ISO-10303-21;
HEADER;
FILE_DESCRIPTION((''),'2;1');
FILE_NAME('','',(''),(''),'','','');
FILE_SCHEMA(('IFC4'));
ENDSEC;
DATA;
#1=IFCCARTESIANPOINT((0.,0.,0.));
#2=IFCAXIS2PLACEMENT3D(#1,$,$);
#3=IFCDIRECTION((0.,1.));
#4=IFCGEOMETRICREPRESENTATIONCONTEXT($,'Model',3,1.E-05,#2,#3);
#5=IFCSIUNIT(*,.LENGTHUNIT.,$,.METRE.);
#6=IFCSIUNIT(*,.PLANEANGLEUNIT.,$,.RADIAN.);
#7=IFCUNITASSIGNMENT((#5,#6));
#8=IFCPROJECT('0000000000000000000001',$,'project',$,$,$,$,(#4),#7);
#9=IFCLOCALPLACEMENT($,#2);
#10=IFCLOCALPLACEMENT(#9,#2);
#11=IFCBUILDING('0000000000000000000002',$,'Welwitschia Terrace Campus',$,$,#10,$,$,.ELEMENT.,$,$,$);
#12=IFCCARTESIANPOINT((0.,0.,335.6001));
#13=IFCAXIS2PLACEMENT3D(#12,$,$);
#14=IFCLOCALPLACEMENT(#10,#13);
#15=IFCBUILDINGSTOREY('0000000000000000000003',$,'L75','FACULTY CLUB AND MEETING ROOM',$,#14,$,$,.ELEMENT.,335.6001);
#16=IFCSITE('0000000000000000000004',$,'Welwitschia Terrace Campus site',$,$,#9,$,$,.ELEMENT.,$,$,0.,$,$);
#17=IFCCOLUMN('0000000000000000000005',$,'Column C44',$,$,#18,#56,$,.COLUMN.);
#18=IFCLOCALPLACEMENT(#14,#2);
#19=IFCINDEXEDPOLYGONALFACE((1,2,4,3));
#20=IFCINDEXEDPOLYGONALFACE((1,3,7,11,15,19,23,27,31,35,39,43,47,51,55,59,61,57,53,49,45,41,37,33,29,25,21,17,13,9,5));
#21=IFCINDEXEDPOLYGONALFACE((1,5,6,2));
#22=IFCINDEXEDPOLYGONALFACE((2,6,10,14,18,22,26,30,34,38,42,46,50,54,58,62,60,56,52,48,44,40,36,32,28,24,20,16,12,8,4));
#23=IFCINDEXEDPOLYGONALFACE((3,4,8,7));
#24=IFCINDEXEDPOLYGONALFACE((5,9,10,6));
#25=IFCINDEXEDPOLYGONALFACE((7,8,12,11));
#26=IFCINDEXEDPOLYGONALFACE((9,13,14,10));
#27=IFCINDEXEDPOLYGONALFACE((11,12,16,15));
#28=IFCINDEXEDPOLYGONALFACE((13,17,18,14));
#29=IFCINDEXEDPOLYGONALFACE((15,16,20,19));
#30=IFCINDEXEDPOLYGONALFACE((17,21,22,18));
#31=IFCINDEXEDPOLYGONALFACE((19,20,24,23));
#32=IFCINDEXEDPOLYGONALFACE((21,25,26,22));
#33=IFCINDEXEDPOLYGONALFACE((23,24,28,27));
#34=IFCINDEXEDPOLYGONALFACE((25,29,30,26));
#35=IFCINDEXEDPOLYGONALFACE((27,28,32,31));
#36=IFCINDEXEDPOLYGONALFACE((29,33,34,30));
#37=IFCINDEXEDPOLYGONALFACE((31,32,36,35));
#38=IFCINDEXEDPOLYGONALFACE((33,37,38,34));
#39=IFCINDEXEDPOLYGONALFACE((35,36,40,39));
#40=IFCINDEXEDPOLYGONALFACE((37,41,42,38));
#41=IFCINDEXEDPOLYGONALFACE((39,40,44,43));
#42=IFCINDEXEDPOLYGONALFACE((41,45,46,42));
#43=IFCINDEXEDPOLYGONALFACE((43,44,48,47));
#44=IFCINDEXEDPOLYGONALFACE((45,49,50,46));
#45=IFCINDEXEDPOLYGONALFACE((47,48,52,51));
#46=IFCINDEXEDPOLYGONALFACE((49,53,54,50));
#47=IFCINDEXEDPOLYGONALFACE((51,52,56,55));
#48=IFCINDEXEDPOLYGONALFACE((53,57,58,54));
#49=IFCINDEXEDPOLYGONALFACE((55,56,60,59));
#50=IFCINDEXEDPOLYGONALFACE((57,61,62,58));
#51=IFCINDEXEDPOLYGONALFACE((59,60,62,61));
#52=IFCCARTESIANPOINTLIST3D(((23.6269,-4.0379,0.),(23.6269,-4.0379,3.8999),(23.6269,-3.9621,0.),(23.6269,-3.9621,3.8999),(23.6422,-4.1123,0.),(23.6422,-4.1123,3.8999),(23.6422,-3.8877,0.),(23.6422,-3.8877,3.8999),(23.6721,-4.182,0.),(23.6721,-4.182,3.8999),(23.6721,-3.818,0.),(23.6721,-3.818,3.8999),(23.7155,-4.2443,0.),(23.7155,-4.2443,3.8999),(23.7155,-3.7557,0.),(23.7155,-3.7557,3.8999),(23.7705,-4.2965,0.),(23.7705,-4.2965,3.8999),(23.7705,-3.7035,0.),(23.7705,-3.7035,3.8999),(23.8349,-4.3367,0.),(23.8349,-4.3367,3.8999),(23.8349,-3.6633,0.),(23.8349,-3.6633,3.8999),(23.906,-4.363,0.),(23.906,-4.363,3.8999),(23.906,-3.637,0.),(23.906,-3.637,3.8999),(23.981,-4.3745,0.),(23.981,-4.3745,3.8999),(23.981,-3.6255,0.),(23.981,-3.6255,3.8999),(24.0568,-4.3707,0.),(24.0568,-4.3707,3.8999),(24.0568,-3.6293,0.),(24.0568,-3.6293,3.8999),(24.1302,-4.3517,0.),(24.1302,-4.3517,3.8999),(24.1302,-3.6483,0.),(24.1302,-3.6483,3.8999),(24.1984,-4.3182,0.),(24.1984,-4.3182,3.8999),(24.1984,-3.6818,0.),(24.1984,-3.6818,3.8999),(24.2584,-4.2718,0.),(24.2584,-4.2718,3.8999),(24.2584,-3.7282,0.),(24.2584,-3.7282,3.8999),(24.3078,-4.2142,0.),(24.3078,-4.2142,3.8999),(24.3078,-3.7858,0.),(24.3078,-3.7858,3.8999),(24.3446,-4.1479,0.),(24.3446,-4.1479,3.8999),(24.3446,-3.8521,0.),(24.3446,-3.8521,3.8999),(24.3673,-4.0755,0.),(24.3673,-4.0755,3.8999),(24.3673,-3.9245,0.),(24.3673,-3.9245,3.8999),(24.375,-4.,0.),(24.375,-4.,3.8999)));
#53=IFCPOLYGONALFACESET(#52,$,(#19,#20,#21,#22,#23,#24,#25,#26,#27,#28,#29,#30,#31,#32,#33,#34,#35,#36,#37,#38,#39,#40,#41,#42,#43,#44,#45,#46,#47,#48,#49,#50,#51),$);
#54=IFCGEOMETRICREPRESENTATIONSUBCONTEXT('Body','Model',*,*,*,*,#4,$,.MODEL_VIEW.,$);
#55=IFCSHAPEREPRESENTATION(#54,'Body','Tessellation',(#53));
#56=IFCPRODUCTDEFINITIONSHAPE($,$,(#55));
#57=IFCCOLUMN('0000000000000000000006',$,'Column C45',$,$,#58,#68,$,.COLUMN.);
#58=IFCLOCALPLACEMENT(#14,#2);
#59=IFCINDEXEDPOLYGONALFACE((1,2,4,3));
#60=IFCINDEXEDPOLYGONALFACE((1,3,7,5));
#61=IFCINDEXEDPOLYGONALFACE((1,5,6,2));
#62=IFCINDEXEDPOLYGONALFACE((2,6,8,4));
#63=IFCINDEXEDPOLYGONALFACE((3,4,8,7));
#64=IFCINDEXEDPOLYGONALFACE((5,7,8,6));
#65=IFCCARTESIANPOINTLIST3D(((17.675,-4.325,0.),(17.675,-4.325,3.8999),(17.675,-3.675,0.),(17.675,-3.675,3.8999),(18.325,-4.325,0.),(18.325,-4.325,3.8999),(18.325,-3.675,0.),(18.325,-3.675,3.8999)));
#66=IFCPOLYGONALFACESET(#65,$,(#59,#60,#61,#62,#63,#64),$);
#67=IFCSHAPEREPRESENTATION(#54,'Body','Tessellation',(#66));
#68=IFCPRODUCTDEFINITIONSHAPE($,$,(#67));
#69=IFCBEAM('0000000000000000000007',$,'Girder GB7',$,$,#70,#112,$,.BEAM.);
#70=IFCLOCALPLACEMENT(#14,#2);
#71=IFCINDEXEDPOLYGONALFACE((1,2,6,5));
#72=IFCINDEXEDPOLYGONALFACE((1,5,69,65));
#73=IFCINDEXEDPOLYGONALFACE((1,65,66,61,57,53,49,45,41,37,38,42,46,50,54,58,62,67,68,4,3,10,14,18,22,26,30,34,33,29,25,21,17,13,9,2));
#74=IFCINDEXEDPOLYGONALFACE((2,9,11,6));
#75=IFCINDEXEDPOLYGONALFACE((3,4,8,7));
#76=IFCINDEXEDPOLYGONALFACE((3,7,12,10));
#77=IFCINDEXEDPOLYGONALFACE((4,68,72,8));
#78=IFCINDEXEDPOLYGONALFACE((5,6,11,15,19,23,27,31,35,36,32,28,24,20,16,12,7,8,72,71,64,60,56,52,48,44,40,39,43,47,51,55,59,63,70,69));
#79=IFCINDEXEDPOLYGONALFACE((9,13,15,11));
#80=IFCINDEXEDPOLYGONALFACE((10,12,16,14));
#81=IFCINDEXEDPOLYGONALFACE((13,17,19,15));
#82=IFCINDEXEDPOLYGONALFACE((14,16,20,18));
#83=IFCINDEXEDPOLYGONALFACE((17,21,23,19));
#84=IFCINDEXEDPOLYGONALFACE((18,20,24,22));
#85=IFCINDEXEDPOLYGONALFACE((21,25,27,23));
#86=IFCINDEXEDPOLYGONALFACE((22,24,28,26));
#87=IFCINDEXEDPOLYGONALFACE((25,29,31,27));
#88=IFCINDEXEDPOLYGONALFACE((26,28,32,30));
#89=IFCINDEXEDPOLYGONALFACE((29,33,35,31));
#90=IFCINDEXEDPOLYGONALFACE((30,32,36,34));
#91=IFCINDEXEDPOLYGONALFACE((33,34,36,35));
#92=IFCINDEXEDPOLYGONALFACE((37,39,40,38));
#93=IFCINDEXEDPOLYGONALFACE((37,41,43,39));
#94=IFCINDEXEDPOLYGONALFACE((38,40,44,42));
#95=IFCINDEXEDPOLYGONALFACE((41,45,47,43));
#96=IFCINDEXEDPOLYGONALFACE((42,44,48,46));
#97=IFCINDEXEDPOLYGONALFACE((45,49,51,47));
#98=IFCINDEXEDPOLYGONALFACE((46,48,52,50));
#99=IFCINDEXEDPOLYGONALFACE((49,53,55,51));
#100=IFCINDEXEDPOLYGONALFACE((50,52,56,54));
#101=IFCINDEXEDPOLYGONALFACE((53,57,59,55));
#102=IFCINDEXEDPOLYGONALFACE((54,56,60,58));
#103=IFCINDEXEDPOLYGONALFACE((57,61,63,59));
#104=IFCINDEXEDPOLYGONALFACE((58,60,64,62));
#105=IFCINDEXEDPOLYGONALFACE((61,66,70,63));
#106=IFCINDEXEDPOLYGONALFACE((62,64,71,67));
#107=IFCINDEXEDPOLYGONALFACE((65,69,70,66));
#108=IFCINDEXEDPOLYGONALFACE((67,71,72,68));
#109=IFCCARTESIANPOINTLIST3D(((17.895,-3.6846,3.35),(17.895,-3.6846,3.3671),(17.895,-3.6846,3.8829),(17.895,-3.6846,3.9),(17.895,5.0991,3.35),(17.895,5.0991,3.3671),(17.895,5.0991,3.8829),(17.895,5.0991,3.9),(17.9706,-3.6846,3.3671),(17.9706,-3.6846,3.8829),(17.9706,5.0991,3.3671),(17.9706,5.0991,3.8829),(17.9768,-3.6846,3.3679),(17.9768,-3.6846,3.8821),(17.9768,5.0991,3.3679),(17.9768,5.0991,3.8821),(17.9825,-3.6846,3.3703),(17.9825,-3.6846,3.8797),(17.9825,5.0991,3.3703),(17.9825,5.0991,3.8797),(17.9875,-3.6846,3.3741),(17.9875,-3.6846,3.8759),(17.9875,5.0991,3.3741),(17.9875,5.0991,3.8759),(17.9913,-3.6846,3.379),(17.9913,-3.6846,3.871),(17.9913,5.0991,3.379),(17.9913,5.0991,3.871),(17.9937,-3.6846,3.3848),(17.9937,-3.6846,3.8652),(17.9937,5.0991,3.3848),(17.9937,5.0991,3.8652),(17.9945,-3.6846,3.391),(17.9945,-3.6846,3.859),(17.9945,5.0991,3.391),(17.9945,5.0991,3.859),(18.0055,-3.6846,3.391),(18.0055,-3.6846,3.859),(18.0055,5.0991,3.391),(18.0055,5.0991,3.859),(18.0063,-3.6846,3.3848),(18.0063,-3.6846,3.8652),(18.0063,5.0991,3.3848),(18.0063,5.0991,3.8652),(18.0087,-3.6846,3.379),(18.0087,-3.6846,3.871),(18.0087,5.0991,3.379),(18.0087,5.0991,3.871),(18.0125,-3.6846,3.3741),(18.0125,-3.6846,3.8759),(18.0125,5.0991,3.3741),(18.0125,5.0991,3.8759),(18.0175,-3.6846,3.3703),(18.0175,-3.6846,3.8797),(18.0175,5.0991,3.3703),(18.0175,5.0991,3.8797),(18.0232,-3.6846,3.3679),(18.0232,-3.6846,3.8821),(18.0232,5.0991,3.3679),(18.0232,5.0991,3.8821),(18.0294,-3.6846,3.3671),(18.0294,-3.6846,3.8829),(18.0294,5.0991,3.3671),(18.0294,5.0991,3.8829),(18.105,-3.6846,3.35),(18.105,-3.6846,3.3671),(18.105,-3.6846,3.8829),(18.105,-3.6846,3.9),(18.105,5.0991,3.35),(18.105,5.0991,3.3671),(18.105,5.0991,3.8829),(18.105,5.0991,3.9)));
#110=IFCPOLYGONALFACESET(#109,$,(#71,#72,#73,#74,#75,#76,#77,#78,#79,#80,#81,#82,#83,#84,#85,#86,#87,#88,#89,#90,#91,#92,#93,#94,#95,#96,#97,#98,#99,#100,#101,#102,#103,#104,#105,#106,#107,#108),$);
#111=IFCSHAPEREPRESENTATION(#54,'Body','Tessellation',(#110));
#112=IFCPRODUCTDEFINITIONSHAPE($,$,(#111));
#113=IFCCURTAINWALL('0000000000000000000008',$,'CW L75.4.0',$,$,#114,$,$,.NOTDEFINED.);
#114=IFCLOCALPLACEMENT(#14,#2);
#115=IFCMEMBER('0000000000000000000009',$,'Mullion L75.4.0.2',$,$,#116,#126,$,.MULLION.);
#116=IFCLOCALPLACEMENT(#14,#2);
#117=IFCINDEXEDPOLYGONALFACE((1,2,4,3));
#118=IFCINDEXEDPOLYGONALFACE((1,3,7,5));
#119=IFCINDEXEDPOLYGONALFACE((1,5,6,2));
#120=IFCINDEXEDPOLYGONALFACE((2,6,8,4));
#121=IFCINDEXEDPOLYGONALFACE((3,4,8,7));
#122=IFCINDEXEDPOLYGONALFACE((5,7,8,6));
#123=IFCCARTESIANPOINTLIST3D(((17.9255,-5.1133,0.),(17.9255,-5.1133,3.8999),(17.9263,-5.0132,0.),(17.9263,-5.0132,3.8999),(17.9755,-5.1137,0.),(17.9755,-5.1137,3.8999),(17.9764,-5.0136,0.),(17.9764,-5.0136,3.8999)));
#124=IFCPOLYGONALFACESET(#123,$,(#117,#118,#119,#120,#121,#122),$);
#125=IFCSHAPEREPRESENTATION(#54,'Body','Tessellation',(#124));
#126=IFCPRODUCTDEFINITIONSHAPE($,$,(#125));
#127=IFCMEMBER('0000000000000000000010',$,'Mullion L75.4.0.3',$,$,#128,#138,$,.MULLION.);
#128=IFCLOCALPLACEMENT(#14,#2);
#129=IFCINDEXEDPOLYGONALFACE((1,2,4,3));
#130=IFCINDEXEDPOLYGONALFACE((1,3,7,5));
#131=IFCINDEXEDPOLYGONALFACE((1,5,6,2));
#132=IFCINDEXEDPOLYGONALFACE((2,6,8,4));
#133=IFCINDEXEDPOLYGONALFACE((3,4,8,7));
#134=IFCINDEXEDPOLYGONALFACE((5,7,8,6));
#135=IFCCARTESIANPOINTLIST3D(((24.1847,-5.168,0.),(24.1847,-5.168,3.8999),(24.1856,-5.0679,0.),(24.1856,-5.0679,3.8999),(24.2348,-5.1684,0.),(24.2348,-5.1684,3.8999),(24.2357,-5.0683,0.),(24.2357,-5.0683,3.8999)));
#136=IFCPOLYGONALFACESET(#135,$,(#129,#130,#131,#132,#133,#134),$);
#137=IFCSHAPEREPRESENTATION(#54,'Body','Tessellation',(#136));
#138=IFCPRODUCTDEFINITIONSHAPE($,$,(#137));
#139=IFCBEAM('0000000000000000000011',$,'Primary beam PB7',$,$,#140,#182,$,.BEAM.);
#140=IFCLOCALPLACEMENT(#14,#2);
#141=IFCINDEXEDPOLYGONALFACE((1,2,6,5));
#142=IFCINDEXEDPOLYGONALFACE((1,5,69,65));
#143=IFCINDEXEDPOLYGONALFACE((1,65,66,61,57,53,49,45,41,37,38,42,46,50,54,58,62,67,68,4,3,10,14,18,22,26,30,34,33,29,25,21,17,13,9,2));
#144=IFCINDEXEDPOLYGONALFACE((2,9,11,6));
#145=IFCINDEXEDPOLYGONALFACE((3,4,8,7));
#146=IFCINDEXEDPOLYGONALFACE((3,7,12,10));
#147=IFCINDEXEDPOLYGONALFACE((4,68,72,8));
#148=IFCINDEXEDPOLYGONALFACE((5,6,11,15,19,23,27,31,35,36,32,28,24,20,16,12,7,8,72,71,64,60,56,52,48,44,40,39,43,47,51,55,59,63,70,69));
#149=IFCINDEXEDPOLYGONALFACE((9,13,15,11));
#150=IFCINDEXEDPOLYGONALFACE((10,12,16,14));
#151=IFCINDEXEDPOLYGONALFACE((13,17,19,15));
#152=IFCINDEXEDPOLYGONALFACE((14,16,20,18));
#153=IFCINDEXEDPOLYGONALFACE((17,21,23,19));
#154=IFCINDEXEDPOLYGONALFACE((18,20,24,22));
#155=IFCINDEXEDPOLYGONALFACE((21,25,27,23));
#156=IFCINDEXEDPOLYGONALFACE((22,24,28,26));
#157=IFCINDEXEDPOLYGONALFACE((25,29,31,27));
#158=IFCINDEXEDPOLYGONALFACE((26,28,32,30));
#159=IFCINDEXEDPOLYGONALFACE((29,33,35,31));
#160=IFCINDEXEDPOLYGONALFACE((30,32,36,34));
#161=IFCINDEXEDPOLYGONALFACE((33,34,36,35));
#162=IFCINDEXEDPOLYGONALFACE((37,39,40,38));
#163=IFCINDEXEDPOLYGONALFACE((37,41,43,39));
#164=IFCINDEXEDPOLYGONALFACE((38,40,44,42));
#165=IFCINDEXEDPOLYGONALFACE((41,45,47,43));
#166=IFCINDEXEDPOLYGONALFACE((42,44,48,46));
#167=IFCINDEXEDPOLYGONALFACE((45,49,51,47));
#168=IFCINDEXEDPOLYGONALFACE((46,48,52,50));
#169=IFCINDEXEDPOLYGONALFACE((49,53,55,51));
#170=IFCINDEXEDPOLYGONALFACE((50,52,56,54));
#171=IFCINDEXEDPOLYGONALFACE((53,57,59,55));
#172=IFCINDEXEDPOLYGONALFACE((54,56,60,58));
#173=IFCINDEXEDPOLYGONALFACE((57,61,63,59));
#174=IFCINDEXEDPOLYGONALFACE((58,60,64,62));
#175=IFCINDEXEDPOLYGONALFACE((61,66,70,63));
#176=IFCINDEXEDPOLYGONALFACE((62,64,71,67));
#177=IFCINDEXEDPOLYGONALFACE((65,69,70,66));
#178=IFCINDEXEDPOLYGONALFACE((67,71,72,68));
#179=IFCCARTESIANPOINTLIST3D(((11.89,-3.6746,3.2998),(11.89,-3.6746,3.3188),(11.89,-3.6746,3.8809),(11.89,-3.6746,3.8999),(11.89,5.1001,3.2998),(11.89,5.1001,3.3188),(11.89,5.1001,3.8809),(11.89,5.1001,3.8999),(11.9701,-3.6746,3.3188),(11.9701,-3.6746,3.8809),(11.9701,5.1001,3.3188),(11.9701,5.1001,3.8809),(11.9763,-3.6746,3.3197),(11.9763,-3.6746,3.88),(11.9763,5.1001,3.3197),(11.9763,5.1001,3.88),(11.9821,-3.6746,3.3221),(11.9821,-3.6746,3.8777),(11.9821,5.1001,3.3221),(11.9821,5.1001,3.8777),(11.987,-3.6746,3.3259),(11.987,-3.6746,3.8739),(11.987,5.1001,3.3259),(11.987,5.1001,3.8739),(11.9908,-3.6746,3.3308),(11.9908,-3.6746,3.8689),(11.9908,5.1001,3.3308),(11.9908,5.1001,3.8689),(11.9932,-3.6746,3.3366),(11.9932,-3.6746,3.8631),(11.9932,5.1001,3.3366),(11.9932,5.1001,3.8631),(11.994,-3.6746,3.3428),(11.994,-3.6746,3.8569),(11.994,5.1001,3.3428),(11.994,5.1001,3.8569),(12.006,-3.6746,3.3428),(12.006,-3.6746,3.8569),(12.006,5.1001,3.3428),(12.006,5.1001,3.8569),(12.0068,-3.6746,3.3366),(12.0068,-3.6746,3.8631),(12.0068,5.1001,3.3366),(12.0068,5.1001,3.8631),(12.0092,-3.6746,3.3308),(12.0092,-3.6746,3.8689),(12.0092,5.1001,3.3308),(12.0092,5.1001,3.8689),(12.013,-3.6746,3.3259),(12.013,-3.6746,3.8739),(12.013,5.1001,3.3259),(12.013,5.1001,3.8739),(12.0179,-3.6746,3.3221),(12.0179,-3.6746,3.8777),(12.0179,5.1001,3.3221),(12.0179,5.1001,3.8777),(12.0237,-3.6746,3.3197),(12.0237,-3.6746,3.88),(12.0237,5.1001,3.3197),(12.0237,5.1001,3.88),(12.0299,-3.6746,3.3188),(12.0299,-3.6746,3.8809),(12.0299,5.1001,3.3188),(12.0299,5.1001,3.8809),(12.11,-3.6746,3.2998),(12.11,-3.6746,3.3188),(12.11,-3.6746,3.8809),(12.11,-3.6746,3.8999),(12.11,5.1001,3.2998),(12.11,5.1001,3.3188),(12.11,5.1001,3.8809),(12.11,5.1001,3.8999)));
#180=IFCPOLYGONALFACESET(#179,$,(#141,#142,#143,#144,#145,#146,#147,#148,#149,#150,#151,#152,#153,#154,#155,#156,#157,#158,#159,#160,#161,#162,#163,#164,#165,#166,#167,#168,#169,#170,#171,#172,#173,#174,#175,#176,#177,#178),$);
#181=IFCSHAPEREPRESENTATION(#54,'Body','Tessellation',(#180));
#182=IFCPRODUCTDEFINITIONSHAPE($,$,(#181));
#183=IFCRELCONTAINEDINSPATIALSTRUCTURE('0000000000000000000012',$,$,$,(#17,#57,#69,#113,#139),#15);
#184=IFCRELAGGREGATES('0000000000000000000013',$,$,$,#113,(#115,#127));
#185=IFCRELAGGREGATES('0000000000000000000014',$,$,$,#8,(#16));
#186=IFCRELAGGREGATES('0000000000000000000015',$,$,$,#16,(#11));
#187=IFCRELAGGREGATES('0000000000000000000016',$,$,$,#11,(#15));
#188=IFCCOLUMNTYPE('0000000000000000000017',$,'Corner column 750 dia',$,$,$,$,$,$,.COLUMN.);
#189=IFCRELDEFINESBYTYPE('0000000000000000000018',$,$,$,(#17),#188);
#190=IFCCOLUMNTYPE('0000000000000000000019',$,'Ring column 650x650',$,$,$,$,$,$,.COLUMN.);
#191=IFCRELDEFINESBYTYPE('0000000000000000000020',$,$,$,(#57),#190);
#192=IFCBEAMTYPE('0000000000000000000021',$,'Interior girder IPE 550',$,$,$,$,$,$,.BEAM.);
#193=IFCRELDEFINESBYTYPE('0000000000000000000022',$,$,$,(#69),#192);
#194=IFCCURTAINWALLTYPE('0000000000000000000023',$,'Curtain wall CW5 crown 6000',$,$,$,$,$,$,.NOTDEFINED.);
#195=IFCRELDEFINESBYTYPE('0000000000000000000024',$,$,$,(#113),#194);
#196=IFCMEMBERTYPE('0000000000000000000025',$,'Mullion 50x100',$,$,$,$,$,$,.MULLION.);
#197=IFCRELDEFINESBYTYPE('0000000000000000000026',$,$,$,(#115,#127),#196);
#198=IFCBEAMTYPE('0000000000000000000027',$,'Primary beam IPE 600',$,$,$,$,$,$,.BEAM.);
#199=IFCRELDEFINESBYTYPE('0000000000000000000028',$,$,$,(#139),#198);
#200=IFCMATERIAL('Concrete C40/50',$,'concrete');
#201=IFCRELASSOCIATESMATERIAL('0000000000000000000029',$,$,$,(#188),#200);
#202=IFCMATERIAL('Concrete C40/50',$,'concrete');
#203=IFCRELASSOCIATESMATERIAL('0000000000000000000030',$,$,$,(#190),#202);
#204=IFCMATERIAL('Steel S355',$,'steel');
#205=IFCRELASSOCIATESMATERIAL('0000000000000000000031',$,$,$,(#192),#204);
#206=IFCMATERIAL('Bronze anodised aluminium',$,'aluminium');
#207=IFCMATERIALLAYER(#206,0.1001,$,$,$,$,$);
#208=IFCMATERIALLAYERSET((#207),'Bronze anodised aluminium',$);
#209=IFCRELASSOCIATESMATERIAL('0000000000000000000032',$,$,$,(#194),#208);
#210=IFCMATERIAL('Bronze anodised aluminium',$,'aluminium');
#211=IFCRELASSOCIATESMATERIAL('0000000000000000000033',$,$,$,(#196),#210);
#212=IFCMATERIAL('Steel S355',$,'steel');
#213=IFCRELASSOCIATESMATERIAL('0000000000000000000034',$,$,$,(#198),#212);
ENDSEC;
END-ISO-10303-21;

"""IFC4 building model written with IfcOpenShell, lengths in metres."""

from ifc_helpers import new_model, si_unit, direction, frame, origin, origin_2d, place, context, subcontext, project, spatial, rectangle, circle, i_section, extrude, material, layer, layer_set, material_profile, profile_set, type_object, element, aggregate, save


model = new_model("IFC4")

# Units and contexts
model_context = context("Model", 3, precision=1e-05, world=origin(), true_north=direction((0.0, 1.0)))
body_context = subcontext(model_context, "Body", "Model", "MODEL_VIEW")
ifc_project = project(units=[si_unit("LENGTHUNIT", "METRE"), si_unit("PLANEANGLEUNIT", "RADIAN")], contexts=[model_context])

# Site, building, storey
site_placement = place(None, origin())
site = spatial("IfcSite", under=ifc_project, at=site_placement, Name="Welwitschia Terrace Campus site", CompositionType="ELEMENT", RefElevation=0.0)
building_placement = place(site_placement, origin())
building = spatial("IfcBuilding", under=site, at=building_placement, Name="Welwitschia Terrace Campus", CompositionType="ELEMENT")
storey_placement = place(building_placement, frame((0.0, 0.0, 335.6001)))
storey = spatial("IfcBuildingStorey", under=building, at=storey_placement, Name="L75", Description="FACULTY CLUB AND MEETING ROOM", CompositionType="ELEMENT", Elevation=335.6001)

# Columns
ifc_material_1 = material(Name="Concrete C40/50", Category="concrete")
ifc_material_profile_1 = material_profile(ifc_material_1, circle(Radius=0.375, at=origin_2d()))
ifc_profile_set_1 = profile_set([ifc_material_profile_1], Name="Concrete C40/50")
column_type_1 = type_object("IfcColumnType", Name="Corner column 750 dia", PredefinedType="COLUMN", material=ifc_profile_set_1)
column_1_placement = place(storey_placement, frame((24.0, -4.0, 0.0), z_axis=(0.0, 0.0, 1.0), x_axis=(1.0, 0.0, 0.0)))
element("IfcColumn", 1, at=column_1_placement, inside=storey, type_object=column_type_1, Name="Column C44", PredefinedType="COLUMN", context=body_context, shape_type="SweptSolid", body=[
    extrude(circle(Radius=0.375, at=origin_2d()), origin(), (0.0, 0.0, 1.0), 3.8999),
])
ifc_material_2 = material(Name="Concrete C40/50", Category="concrete")
ifc_material_profile_2 = material_profile(ifc_material_2, rectangle(XDim=0.6499, YDim=0.6499, at=origin_2d()))
ifc_profile_set_2 = profile_set([ifc_material_profile_2], Name="Concrete C40/50")
column_type_2 = type_object("IfcColumnType", Name="Ring column 650x650", PredefinedType="COLUMN", material=ifc_profile_set_2)
column_2_placement = place(storey_placement, frame((18.0, -4.0, 0.0), z_axis=(0.0, 0.0, 1.0), x_axis=(1.0, 0.0, 0.0)))
element("IfcColumn", 2, at=column_2_placement, inside=storey, type_object=column_type_2, Name="Column C45", PredefinedType="COLUMN", context=body_context, shape_type="SweptSolid", body=[
    extrude(rectangle(XDim=0.6499, YDim=0.6499, at=origin_2d()), origin(), (0.0, 0.0, 1.0), 3.8999),
])

# Beam
ifc_material_3 = material(Name="Steel S355", Category="steel")
ifc_material_profile_3 = material_profile(ifc_material_3, i_section(OverallWidth=0.21, OverallDepth=0.55, WebThickness=0.011, FlangeThickness=0.0171, FilletRadius=0.0239, at=origin_2d()))
ifc_profile_set_3 = profile_set([ifc_material_profile_3], Name="Steel S355")
beam_type_1 = type_object("IfcBeamType", Name="Interior girder IPE 550", PredefinedType="BEAM", material=ifc_profile_set_3)
beam_1_placement = place(storey_placement, frame((18.0, -3.6846, 3.625), z_axis=(0.0, 1.0, 0.0), x_axis=(-1.0, 0.0, 0.0)))
element("IfcBeam", 3, at=beam_1_placement, inside=storey, type_object=beam_type_1, Name="Girder GB7", PredefinedType="BEAM", context=body_context, shape_type="SweptSolid", body=[
    extrude(i_section(OverallWidth=0.21, OverallDepth=0.55, WebThickness=0.011, FlangeThickness=0.0171, FilletRadius=0.0239, at=origin_2d()), origin(), (0.0, 0.0, 1.0), 8.7837),
])

# Curtain wall, members
ifc_material_4 = material(Name="Bronze anodised aluminium", Category="aluminium")
ifc_layer_1 = layer(ifc_material_4, 0.1001)
ifc_layer_set_1 = layer_set([ifc_layer_1], Name="Bronze anodised aluminium")
curtain_wall_type = type_object("IfcCurtainWallType", Name="Curtain wall CW5 crown 6000", PredefinedType="NOTDEFINED", material=ifc_layer_set_1)
curtain_wall_placement = place(storey_placement, origin())
curtain_wall = element("IfcCurtainWall", 4, at=curtain_wall_placement, inside=storey, type_object=curtain_wall_type, Name="CW L75.4.0", PredefinedType="NOTDEFINED")
ifc_material_5 = material(Name="Bronze anodised aluminium", Category="aluminium")
ifc_material_profile_4 = material_profile(ifc_material_5, rectangle(XDim=0.1001, YDim=0.05, at=origin_2d()))
ifc_profile_set_4 = profile_set([ifc_material_profile_4], Name="Bronze anodised aluminium")
member_type = type_object("IfcMemberType", Name="Mullion 50x100", PredefinedType="MULLION", material=ifc_profile_set_4)
member_1_placement = place(storey_placement, frame((17.9509, -5.0635, 0.0), z_axis=(0.0, 0.0, 1.0), x_axis=(0.008727, 0.999962, 0.0)))
member_1 = element("IfcMember", 5, at=member_1_placement, type_object=member_type, Name="Mullion L75.4.0.2", PredefinedType="MULLION", context=body_context, shape_type="SweptSolid", body=[
    extrude(rectangle(XDim=0.1001, YDim=0.05, at=origin_2d()), origin(), (0.0, 0.0, 1.0), 3.8999),
])
member_2_placement = place(storey_placement, frame((24.2102, -5.1182, 0.0), z_axis=(0.0, 0.0, 1.0), x_axis=(0.008727, 0.999962, 0.0)))
member_2 = element("IfcMember", 6, at=member_2_placement, type_object=member_type, Name="Mullion L75.4.0.3", PredefinedType="MULLION", context=body_context, shape_type="SweptSolid", body=[
    extrude(rectangle(XDim=0.1001, YDim=0.05, at=origin_2d()), origin(), (0.0, 0.0, 1.0), 3.8999),
])

# Beam
ifc_material_6 = material(Name="Steel S355", Category="steel")
ifc_material_profile_5 = material_profile(ifc_material_6, i_section(OverallWidth=0.22, OverallDepth=0.6001, WebThickness=0.012, FlangeThickness=0.019, FilletRadius=0.0239, at=origin_2d()))
ifc_profile_set_5 = profile_set([ifc_material_profile_5], Name="Steel S355")
beam_type_2 = type_object("IfcBeamType", Name="Primary beam IPE 600", PredefinedType="BEAM", material=ifc_profile_set_5)
beam_2_placement = place(storey_placement, frame((12.0, -3.6746, 3.5999), z_axis=(0.0, 1.0, 0.0), x_axis=(-1.0, 0.0, 0.0)))
element("IfcBeam", 7, at=beam_2_placement, inside=storey, type_object=beam_type_2, Name="Primary beam PB7", PredefinedType="BEAM", context=body_context, shape_type="SweptSolid", body=[
    extrude(i_section(OverallWidth=0.22, OverallDepth=0.6001, WebThickness=0.012, FlangeThickness=0.019, FilletRadius=0.0239, at=origin_2d()), origin(), (0.0, 0.0, 1.0), 8.7747),
])

aggregate(curtain_wall, [member_1, member_2])

save(model, "model.ifc")
